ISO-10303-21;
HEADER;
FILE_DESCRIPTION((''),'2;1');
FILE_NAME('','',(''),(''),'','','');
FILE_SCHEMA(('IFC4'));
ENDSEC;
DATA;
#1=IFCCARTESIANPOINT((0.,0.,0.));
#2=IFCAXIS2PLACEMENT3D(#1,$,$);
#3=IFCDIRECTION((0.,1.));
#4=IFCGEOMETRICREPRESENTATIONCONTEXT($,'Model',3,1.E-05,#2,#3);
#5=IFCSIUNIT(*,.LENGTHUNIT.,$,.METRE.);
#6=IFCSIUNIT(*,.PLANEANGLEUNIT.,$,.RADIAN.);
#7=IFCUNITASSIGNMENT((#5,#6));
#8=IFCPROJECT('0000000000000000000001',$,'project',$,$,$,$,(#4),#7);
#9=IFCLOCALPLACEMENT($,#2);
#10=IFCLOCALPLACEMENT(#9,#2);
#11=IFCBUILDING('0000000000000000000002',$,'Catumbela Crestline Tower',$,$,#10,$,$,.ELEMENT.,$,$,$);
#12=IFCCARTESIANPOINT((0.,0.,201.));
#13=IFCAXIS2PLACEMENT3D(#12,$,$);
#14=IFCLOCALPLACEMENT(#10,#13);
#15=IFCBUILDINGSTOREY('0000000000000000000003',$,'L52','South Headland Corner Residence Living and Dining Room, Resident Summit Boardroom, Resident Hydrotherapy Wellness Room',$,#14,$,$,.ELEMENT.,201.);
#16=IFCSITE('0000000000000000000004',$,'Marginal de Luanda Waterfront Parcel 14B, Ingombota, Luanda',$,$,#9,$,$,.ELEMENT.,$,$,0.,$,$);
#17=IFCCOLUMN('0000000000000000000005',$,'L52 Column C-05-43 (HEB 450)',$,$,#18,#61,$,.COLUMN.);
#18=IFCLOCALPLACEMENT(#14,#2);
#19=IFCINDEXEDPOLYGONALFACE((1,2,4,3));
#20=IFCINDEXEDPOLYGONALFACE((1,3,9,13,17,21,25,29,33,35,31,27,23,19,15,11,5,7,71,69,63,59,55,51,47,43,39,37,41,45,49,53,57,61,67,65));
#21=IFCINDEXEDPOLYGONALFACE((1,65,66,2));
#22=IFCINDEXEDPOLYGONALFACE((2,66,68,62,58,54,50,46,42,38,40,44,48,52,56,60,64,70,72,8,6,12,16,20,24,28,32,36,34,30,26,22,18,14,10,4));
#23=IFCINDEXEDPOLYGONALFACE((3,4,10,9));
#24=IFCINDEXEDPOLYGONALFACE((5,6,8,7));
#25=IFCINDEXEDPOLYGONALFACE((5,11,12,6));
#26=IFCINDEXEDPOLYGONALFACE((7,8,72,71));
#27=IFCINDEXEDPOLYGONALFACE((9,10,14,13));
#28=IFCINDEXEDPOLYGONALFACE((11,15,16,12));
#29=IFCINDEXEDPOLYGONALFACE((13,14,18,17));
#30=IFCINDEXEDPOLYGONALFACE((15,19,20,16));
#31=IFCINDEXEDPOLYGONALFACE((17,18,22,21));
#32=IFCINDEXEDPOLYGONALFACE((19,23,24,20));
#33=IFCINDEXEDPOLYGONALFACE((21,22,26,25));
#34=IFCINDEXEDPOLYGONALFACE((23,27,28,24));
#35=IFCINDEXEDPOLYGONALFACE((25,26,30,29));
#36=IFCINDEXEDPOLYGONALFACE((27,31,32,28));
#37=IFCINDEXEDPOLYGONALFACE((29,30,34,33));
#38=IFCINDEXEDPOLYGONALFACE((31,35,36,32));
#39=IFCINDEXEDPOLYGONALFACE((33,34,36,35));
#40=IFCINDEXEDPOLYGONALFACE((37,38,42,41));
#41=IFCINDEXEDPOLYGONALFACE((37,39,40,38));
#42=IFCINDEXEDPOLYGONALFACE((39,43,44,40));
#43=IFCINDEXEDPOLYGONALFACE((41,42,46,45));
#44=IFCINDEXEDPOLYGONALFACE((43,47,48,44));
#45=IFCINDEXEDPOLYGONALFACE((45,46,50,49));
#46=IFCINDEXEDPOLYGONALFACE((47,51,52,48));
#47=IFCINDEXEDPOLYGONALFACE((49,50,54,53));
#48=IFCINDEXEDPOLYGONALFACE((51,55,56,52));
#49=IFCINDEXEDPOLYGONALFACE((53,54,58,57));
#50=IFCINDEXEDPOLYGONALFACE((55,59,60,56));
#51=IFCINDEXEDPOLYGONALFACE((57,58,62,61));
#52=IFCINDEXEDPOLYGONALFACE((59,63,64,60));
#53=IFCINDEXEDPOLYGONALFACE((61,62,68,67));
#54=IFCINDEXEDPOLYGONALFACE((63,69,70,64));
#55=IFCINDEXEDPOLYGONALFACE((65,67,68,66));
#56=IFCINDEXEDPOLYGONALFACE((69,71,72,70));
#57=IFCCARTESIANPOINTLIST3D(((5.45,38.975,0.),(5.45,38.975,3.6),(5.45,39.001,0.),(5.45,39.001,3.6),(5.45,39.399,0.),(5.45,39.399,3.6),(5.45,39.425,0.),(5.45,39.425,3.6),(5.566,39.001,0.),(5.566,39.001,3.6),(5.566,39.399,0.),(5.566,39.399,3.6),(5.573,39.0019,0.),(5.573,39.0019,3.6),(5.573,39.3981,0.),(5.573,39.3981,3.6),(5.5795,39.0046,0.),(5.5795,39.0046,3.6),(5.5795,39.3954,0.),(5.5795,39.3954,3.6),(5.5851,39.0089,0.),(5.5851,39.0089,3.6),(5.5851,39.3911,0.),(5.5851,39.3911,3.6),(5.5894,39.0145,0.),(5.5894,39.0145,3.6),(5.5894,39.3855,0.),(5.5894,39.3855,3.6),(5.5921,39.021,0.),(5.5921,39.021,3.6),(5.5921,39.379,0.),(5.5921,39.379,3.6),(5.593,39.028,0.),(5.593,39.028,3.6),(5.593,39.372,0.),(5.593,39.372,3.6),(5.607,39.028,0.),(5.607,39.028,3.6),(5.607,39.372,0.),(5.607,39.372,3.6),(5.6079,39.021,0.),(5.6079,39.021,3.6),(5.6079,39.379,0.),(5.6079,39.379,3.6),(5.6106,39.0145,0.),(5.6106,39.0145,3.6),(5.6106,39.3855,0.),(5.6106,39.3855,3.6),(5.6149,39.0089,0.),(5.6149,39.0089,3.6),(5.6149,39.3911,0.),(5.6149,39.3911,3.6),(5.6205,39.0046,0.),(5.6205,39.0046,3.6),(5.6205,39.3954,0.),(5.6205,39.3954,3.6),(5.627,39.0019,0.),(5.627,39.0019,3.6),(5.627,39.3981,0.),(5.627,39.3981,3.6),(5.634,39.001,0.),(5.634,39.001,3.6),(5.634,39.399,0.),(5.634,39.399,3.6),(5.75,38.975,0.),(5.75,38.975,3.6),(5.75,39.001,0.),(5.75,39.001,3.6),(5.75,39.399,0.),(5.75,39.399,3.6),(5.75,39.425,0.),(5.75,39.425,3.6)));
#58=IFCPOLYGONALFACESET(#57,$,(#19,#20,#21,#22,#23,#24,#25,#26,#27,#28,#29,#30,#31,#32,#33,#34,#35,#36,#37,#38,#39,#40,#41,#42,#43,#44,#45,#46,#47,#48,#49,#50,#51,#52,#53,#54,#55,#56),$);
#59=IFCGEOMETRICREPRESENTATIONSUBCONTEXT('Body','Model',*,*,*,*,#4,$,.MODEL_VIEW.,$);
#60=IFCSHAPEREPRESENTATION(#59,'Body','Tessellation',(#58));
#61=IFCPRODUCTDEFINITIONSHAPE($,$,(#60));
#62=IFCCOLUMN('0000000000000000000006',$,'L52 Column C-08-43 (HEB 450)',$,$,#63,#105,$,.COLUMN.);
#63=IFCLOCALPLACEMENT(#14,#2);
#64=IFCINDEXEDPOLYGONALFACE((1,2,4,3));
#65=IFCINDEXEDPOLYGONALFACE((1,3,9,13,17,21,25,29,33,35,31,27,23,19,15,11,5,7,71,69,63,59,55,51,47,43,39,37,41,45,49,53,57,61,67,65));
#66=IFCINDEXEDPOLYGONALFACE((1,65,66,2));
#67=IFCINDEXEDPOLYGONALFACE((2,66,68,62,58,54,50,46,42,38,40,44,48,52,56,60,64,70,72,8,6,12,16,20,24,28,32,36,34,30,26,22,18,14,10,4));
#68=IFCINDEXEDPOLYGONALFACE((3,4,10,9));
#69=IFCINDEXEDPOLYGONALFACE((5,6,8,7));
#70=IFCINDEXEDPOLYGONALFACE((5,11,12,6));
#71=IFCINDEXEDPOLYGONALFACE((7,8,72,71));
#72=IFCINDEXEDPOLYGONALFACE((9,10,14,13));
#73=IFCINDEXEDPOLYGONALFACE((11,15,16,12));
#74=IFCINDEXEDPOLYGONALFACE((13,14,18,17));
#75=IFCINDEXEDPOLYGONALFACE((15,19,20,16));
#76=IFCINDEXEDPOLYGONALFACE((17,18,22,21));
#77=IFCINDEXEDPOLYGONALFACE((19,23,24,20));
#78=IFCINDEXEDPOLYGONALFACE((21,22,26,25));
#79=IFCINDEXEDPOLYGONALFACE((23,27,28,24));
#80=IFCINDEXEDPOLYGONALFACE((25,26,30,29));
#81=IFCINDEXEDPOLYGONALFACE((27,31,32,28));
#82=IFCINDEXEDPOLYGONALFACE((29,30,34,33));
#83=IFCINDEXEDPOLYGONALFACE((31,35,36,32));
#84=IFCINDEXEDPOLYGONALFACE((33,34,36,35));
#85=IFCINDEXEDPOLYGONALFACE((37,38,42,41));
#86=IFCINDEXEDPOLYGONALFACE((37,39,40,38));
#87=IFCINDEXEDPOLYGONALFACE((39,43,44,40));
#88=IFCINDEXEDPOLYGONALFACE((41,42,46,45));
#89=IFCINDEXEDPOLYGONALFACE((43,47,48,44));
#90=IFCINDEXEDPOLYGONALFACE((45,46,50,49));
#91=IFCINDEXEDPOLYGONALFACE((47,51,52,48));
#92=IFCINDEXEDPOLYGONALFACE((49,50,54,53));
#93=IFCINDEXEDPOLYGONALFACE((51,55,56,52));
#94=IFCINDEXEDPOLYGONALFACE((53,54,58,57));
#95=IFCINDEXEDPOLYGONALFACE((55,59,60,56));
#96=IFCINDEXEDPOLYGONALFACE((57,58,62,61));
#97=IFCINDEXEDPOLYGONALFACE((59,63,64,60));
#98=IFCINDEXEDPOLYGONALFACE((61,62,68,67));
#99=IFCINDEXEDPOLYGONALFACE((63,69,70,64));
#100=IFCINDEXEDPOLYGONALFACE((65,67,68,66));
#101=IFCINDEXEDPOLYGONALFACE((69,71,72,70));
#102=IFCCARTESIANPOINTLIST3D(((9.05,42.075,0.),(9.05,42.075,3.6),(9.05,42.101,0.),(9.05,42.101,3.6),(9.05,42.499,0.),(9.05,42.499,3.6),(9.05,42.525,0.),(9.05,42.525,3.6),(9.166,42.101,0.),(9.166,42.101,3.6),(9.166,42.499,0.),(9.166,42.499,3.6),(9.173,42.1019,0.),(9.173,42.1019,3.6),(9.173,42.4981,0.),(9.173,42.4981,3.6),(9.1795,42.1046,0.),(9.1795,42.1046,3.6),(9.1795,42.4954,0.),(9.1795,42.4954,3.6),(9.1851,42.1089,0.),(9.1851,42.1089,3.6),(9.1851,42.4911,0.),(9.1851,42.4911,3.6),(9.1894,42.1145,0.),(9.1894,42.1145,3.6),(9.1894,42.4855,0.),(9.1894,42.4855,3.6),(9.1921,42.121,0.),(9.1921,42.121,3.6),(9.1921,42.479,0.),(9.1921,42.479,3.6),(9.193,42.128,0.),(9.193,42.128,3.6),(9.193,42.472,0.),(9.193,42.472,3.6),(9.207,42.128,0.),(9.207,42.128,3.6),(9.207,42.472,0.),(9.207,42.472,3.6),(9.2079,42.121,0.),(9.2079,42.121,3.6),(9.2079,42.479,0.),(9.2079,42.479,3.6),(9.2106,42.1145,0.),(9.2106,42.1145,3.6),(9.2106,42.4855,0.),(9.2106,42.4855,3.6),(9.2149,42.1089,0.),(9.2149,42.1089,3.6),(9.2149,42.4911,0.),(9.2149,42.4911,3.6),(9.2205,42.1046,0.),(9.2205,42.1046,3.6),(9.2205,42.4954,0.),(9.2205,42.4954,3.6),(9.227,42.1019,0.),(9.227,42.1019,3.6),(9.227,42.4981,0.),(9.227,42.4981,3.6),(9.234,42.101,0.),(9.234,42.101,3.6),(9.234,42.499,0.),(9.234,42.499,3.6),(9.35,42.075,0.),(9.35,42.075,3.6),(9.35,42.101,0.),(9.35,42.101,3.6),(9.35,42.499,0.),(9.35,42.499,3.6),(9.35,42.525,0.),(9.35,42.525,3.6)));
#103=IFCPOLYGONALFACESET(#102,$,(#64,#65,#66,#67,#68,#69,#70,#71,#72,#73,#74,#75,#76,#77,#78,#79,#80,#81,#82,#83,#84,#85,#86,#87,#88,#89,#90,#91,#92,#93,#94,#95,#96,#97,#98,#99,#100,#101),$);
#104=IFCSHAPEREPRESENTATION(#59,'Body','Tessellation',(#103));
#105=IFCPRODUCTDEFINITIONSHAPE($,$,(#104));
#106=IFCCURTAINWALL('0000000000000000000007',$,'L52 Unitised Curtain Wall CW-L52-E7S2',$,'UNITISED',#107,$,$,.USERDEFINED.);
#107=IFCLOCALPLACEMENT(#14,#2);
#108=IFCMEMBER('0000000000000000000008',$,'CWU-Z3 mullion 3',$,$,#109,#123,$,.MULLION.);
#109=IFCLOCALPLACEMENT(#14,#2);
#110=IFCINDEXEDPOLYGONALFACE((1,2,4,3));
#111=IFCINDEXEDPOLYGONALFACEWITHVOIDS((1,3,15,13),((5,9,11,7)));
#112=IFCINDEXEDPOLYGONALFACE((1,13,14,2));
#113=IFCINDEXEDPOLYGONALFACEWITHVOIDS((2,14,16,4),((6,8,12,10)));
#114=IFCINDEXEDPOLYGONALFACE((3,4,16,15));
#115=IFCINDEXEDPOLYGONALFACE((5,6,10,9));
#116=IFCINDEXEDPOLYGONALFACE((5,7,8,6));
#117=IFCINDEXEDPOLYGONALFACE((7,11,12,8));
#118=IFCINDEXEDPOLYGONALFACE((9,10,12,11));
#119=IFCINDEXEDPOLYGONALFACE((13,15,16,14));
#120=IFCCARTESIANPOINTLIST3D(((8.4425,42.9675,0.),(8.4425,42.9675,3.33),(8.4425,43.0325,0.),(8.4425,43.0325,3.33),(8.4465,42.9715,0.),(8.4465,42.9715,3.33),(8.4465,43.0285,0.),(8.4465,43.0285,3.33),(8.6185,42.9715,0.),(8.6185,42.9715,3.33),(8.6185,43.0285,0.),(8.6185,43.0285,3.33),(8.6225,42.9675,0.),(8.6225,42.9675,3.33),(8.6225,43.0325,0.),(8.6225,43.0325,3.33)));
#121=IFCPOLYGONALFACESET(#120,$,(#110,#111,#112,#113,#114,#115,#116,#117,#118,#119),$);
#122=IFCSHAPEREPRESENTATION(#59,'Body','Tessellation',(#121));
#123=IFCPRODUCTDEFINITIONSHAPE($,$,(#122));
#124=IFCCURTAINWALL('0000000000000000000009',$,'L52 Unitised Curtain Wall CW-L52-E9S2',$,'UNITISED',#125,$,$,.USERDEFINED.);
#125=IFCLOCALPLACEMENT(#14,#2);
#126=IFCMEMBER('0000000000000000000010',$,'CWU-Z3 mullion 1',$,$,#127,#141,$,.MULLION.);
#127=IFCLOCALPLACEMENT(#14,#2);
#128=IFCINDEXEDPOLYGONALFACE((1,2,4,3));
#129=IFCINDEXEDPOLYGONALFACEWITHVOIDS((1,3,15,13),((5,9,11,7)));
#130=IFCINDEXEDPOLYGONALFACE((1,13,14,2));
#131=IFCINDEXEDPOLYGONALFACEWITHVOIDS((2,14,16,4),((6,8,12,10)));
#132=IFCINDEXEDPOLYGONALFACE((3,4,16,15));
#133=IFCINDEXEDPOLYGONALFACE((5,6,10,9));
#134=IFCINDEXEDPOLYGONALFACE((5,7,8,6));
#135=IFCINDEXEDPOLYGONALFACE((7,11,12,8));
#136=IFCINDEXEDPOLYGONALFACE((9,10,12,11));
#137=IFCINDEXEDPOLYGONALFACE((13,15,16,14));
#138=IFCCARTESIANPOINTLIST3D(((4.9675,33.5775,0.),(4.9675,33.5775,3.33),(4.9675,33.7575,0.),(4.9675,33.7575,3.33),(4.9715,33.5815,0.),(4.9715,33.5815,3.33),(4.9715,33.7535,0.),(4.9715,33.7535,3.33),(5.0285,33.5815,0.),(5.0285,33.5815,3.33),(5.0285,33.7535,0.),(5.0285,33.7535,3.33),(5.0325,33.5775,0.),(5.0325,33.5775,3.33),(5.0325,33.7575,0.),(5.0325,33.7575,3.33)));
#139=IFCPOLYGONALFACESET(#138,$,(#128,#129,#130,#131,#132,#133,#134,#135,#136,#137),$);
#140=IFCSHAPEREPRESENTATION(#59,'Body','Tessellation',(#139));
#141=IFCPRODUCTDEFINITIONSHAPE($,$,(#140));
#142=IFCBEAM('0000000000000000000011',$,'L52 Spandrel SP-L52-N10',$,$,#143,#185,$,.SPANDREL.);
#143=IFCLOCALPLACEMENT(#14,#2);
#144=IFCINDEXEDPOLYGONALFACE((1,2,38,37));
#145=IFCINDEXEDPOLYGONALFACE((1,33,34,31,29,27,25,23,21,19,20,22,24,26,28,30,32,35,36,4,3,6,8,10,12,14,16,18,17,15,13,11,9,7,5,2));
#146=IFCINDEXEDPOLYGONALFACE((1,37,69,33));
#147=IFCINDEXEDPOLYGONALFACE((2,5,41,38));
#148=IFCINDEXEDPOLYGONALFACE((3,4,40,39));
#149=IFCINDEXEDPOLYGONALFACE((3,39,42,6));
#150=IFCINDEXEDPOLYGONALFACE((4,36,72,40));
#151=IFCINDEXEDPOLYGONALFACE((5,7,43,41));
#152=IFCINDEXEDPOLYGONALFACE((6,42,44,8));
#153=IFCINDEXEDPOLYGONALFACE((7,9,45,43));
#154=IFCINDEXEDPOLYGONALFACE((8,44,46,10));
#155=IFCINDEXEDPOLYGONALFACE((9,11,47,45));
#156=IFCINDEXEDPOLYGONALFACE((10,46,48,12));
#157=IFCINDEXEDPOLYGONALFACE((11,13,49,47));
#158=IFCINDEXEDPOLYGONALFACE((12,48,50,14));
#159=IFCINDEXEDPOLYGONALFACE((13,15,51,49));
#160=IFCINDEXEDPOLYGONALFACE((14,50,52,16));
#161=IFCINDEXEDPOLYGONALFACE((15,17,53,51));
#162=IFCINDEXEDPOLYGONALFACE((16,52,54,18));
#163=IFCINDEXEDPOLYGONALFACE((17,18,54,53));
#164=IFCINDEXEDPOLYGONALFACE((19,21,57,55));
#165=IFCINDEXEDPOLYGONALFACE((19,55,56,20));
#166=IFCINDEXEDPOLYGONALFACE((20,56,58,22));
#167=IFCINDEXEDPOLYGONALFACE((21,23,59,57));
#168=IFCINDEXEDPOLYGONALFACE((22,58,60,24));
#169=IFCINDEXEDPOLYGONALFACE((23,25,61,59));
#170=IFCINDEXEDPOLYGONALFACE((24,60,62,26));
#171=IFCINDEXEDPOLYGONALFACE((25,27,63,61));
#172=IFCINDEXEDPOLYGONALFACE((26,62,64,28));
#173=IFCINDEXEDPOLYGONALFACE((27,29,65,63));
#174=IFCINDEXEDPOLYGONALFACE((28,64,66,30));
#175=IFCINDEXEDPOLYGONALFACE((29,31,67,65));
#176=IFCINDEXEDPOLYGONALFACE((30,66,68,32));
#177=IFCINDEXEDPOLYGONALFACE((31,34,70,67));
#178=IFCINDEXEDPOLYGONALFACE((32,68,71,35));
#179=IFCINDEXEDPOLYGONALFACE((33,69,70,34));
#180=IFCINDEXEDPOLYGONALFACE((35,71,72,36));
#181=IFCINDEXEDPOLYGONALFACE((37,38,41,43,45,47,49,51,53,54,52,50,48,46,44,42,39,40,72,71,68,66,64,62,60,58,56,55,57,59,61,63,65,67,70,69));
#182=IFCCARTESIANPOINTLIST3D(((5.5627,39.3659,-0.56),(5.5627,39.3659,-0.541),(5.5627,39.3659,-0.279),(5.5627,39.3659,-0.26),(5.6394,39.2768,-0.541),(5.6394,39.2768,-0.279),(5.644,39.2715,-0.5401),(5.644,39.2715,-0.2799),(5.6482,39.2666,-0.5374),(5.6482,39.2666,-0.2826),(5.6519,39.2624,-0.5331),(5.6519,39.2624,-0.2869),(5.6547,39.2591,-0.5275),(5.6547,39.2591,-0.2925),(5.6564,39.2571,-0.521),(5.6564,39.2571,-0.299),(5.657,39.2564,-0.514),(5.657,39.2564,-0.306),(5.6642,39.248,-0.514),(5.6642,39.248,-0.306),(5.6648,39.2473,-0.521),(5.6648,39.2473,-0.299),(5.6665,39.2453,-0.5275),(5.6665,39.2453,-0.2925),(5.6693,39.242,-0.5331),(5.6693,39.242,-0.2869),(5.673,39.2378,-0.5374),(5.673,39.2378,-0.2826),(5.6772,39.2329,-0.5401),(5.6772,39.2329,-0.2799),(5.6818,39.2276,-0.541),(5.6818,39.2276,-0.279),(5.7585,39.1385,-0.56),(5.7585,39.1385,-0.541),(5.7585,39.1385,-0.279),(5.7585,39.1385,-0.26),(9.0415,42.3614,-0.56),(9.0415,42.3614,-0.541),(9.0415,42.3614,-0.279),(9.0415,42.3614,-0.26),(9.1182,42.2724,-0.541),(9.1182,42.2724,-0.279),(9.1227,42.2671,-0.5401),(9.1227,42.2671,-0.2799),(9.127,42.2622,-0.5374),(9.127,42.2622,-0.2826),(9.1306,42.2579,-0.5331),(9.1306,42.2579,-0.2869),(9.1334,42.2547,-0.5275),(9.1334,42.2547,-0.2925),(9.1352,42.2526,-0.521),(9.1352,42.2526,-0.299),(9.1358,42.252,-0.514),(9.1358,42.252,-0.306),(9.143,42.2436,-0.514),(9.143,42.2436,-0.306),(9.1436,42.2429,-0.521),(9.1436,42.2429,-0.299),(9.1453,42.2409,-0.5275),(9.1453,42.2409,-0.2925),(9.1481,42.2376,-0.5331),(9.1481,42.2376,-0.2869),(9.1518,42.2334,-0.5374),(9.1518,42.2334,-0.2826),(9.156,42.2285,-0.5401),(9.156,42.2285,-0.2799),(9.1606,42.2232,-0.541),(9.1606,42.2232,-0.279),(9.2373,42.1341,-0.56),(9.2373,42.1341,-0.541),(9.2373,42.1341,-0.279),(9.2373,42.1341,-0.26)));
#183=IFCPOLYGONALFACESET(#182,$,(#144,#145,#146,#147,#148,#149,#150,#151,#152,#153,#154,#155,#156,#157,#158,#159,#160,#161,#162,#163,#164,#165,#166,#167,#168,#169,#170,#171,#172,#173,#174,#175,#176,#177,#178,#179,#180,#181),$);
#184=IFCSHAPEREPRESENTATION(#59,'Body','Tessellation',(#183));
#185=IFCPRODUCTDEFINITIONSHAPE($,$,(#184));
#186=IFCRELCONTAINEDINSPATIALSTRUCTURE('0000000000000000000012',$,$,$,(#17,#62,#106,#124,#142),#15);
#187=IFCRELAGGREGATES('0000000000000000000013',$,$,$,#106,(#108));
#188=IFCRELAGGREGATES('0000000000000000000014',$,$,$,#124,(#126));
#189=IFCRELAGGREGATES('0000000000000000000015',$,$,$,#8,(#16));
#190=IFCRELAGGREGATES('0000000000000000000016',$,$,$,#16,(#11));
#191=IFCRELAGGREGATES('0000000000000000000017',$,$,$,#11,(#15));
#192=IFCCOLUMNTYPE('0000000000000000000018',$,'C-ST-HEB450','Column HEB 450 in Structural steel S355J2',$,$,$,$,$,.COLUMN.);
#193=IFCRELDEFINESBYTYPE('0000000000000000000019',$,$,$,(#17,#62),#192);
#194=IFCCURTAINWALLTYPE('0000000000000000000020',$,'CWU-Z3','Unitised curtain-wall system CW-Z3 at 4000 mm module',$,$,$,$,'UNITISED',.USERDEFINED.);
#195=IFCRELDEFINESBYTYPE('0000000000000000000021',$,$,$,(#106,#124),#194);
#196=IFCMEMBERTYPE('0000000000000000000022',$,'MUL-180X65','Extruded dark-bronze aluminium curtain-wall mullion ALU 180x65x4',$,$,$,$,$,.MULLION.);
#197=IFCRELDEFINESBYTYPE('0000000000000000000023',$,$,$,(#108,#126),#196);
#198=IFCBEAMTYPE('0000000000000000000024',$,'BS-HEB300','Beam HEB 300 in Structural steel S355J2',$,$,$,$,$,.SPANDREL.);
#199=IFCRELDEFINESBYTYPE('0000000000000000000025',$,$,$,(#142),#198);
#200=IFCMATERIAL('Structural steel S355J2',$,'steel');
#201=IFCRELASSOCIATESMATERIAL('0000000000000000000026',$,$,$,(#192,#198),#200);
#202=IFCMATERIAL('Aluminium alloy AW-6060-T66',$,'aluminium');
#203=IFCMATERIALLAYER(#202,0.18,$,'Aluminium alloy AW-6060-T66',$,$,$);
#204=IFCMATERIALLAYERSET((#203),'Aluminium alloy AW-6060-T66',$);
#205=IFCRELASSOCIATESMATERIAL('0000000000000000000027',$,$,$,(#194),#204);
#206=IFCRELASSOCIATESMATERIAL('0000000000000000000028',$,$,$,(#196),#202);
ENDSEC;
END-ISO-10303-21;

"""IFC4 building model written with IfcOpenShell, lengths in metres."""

from ifc_helpers import new_model, si_unit, direction, frame, origin, origin_2d, place, context, subcontext, project, spatial, hollow_rectangle, i_section, extrude, material, layer, layer_set, material_profile, profile_set, type_object, element, aggregate, save


model = new_model("IFC4")

# Units and contexts
model_context = context("Model", 3, precision=1e-05, world=origin(), true_north=direction((0.0, 1.0)))
body_context = subcontext(model_context, "Body", "Model", "MODEL_VIEW")
ifc_project = project(units=[si_unit("LENGTHUNIT", "METRE"), si_unit("PLANEANGLEUNIT", "RADIAN")], contexts=[model_context])

# Site, building, storey
site_placement = place(None, origin())
site = spatial("IfcSite", under=ifc_project, at=site_placement, Name="Marginal de Luanda Waterfront Parcel 14B, Ingombota, Luanda", CompositionType="ELEMENT", RefElevation=0.0)
building_placement = place(site_placement, origin())
building = spatial("IfcBuilding", under=site, at=building_placement, Name="Catumbela Crestline Tower", CompositionType="ELEMENT")
storey_placement = place(building_placement, frame((0.0, 0.0, 201.0)))
storey = spatial("IfcBuildingStorey", under=building, at=storey_placement, Name="L52", Description="South Headland Corner Residence Living and Dining Room, Resident Summit Boardroom, Resident Hydrotherapy Wellness Room", CompositionType="ELEMENT", Elevation=201.0)

# Columns
ifc_material_1 = material(Name="Structural steel S355J2", Category="steel")
ifc_material_profile_1 = material_profile(ifc_material_1, i_section(OverallWidth=0.3, OverallDepth=0.45, WebThickness=0.014, FlangeThickness=0.026, FilletRadius=0.027, at=origin_2d()), Name="HEB 450")
ifc_profile_set_1 = profile_set([ifc_material_profile_1], Name="Structural steel S355J2")
column_type = type_object("IfcColumnType", Name="C-ST-HEB450", Description="Column HEB 450 in Structural steel S355J2", PredefinedType="COLUMN", material=ifc_profile_set_1)
for number, where, z_axis, x_axis, name in (
    (1, (5.6, 39.2, 0.0), (0.0, 0.0, 1.0), (1.0, 0.0, 0.0), "L52 Column C-05-43 (HEB 450)"),
    (2, (9.2, 42.3, 0.0), (0.0, 0.0, 1.0), (1.0, 0.0, 0.0), "L52 Column C-08-43 (HEB 450)"),
):
    element("IfcColumn", number, at=place(storey_placement, frame(where, z_axis=z_axis, x_axis=x_axis)), inside=storey, type_object=column_type, Name=name, PredefinedType="COLUMN", context=body_context, shape_type="SweptSolid", body=[
        extrude(i_section(OverallWidth=0.3, OverallDepth=0.45, WebThickness=0.014, FlangeThickness=0.026, FilletRadius=0.027, at=origin_2d()), origin(), (0.0, 0.0, 1.0), 3.6),
    ])

# Curtain walls, members
ifc_material_2 = material(Name="Aluminium alloy AW-6060-T66", Category="aluminium")
ifc_layer_1 = layer(ifc_material_2, 0.18, Name="Aluminium alloy AW-6060-T66")
ifc_layer_set_1 = layer_set([ifc_layer_1], Name="Aluminium alloy AW-6060-T66")
curtain_wall_type = type_object("IfcCurtainWallType", Name="CWU-Z3", Description="Unitised curtain-wall system CW-Z3 at 4000 mm module", ElementType="UNITISED", PredefinedType="USERDEFINED", material=ifc_layer_set_1)
curtain_wall_1_placement = place(storey_placement, origin())
curtain_wall_1 = element("IfcCurtainWall", 3, at=curtain_wall_1_placement, inside=storey, type_object=curtain_wall_type, Name="L52 Unitised Curtain Wall CW-L52-E7S2", ObjectType="UNITISED", PredefinedType="USERDEFINED")
ifc_material_profile_2 = material_profile(ifc_material_2, hollow_rectangle(XDim=0.065, YDim=0.18, WallThickness=0.004, at=origin_2d()), Name="ALU 180x65x4")
ifc_profile_set_2 = profile_set([ifc_material_profile_2], Name="Aluminium alloy AW-6060-T66")
member_type_1 = type_object("IfcMemberType", Name="MUL-180X65", Description="Extruded dark-bronze aluminium curtain-wall mullion ALU 180x65x4", PredefinedType="MULLION", material=ifc_profile_set_2)
member_1_placement = place(storey_placement, frame((8.5325, 43.0, 0.0), z_axis=(0.0, 0.0, 1.0), x_axis=(0.0, -1.0, 0.0)))
member_1 = element("IfcMember", 4, at=member_1_placement, type_object=member_type_1, Name="CWU-Z3 mullion 3", PredefinedType="MULLION", context=body_context, shape_type="SweptSolid", body=[
    extrude(hollow_rectangle(XDim=0.065, YDim=0.18, WallThickness=0.004, at=origin_2d()), origin(), (0.0, 0.0, 1.0), 3.33),
])
curtain_wall_2_placement = place(storey_placement, origin())
curtain_wall_2 = element("IfcCurtainWall", 5, at=curtain_wall_2_placement, inside=storey, type_object=curtain_wall_type, Name="L52 Unitised Curtain Wall CW-L52-E9S2", ObjectType="UNITISED", PredefinedType="USERDEFINED")
member_2_placement = place(storey_placement, frame((5.0, 33.6675, 0.0), z_axis=(0.0, 0.0, 1.0), x_axis=(1.0, 0.0, 0.0)))
member_2 = element("IfcMember", 6, at=member_2_placement, type_object=member_type_1, Name="CWU-Z3 mullion 1", PredefinedType="MULLION", context=body_context, shape_type="SweptSolid", body=[
    extrude(hollow_rectangle(XDim=0.065, YDim=0.18, WallThickness=0.004, at=origin_2d()), origin(), (0.0, 0.0, 1.0), 3.33),
])

# Beam
ifc_material_profile_3 = material_profile(ifc_material_1, i_section(OverallWidth=0.3, OverallDepth=0.3, WebThickness=0.011, FlangeThickness=0.019, FilletRadius=0.027, at=origin_2d()), Name="HEB 300")
ifc_profile_set_3 = profile_set([ifc_material_profile_3], Name="Structural steel S355J2")
beam_type = type_object("IfcBeamType", Name="BS-HEB300", Description="Beam HEB 300 in Structural steel S355J2", PredefinedType="SPANDREL", material=ifc_profile_set_3)
beam_placement = place(storey_placement, frame((5.6606, 39.2522, -0.41), z_axis=(0.757772, 0.652519, 0.0), x_axis=(-0.652519, 0.757772, 0.0)))
element("IfcBeam", 7, at=beam_placement, inside=storey, type_object=beam_type, Name="L52 Spandrel SP-L52-N10", PredefinedType="SPANDREL", context=body_context, shape_type="SweptSolid", body=[
    extrude(i_section(OverallWidth=0.3, OverallDepth=0.3, WebThickness=0.011, FlangeThickness=0.019, FilletRadius=0.027, at=origin_2d()), origin(), (0.0, 0.0, 1.0), 4.5908),
])

aggregate(curtain_wall_1, [member_1])
aggregate(curtain_wall_2, [member_2])

save(model, "model.ifc")
